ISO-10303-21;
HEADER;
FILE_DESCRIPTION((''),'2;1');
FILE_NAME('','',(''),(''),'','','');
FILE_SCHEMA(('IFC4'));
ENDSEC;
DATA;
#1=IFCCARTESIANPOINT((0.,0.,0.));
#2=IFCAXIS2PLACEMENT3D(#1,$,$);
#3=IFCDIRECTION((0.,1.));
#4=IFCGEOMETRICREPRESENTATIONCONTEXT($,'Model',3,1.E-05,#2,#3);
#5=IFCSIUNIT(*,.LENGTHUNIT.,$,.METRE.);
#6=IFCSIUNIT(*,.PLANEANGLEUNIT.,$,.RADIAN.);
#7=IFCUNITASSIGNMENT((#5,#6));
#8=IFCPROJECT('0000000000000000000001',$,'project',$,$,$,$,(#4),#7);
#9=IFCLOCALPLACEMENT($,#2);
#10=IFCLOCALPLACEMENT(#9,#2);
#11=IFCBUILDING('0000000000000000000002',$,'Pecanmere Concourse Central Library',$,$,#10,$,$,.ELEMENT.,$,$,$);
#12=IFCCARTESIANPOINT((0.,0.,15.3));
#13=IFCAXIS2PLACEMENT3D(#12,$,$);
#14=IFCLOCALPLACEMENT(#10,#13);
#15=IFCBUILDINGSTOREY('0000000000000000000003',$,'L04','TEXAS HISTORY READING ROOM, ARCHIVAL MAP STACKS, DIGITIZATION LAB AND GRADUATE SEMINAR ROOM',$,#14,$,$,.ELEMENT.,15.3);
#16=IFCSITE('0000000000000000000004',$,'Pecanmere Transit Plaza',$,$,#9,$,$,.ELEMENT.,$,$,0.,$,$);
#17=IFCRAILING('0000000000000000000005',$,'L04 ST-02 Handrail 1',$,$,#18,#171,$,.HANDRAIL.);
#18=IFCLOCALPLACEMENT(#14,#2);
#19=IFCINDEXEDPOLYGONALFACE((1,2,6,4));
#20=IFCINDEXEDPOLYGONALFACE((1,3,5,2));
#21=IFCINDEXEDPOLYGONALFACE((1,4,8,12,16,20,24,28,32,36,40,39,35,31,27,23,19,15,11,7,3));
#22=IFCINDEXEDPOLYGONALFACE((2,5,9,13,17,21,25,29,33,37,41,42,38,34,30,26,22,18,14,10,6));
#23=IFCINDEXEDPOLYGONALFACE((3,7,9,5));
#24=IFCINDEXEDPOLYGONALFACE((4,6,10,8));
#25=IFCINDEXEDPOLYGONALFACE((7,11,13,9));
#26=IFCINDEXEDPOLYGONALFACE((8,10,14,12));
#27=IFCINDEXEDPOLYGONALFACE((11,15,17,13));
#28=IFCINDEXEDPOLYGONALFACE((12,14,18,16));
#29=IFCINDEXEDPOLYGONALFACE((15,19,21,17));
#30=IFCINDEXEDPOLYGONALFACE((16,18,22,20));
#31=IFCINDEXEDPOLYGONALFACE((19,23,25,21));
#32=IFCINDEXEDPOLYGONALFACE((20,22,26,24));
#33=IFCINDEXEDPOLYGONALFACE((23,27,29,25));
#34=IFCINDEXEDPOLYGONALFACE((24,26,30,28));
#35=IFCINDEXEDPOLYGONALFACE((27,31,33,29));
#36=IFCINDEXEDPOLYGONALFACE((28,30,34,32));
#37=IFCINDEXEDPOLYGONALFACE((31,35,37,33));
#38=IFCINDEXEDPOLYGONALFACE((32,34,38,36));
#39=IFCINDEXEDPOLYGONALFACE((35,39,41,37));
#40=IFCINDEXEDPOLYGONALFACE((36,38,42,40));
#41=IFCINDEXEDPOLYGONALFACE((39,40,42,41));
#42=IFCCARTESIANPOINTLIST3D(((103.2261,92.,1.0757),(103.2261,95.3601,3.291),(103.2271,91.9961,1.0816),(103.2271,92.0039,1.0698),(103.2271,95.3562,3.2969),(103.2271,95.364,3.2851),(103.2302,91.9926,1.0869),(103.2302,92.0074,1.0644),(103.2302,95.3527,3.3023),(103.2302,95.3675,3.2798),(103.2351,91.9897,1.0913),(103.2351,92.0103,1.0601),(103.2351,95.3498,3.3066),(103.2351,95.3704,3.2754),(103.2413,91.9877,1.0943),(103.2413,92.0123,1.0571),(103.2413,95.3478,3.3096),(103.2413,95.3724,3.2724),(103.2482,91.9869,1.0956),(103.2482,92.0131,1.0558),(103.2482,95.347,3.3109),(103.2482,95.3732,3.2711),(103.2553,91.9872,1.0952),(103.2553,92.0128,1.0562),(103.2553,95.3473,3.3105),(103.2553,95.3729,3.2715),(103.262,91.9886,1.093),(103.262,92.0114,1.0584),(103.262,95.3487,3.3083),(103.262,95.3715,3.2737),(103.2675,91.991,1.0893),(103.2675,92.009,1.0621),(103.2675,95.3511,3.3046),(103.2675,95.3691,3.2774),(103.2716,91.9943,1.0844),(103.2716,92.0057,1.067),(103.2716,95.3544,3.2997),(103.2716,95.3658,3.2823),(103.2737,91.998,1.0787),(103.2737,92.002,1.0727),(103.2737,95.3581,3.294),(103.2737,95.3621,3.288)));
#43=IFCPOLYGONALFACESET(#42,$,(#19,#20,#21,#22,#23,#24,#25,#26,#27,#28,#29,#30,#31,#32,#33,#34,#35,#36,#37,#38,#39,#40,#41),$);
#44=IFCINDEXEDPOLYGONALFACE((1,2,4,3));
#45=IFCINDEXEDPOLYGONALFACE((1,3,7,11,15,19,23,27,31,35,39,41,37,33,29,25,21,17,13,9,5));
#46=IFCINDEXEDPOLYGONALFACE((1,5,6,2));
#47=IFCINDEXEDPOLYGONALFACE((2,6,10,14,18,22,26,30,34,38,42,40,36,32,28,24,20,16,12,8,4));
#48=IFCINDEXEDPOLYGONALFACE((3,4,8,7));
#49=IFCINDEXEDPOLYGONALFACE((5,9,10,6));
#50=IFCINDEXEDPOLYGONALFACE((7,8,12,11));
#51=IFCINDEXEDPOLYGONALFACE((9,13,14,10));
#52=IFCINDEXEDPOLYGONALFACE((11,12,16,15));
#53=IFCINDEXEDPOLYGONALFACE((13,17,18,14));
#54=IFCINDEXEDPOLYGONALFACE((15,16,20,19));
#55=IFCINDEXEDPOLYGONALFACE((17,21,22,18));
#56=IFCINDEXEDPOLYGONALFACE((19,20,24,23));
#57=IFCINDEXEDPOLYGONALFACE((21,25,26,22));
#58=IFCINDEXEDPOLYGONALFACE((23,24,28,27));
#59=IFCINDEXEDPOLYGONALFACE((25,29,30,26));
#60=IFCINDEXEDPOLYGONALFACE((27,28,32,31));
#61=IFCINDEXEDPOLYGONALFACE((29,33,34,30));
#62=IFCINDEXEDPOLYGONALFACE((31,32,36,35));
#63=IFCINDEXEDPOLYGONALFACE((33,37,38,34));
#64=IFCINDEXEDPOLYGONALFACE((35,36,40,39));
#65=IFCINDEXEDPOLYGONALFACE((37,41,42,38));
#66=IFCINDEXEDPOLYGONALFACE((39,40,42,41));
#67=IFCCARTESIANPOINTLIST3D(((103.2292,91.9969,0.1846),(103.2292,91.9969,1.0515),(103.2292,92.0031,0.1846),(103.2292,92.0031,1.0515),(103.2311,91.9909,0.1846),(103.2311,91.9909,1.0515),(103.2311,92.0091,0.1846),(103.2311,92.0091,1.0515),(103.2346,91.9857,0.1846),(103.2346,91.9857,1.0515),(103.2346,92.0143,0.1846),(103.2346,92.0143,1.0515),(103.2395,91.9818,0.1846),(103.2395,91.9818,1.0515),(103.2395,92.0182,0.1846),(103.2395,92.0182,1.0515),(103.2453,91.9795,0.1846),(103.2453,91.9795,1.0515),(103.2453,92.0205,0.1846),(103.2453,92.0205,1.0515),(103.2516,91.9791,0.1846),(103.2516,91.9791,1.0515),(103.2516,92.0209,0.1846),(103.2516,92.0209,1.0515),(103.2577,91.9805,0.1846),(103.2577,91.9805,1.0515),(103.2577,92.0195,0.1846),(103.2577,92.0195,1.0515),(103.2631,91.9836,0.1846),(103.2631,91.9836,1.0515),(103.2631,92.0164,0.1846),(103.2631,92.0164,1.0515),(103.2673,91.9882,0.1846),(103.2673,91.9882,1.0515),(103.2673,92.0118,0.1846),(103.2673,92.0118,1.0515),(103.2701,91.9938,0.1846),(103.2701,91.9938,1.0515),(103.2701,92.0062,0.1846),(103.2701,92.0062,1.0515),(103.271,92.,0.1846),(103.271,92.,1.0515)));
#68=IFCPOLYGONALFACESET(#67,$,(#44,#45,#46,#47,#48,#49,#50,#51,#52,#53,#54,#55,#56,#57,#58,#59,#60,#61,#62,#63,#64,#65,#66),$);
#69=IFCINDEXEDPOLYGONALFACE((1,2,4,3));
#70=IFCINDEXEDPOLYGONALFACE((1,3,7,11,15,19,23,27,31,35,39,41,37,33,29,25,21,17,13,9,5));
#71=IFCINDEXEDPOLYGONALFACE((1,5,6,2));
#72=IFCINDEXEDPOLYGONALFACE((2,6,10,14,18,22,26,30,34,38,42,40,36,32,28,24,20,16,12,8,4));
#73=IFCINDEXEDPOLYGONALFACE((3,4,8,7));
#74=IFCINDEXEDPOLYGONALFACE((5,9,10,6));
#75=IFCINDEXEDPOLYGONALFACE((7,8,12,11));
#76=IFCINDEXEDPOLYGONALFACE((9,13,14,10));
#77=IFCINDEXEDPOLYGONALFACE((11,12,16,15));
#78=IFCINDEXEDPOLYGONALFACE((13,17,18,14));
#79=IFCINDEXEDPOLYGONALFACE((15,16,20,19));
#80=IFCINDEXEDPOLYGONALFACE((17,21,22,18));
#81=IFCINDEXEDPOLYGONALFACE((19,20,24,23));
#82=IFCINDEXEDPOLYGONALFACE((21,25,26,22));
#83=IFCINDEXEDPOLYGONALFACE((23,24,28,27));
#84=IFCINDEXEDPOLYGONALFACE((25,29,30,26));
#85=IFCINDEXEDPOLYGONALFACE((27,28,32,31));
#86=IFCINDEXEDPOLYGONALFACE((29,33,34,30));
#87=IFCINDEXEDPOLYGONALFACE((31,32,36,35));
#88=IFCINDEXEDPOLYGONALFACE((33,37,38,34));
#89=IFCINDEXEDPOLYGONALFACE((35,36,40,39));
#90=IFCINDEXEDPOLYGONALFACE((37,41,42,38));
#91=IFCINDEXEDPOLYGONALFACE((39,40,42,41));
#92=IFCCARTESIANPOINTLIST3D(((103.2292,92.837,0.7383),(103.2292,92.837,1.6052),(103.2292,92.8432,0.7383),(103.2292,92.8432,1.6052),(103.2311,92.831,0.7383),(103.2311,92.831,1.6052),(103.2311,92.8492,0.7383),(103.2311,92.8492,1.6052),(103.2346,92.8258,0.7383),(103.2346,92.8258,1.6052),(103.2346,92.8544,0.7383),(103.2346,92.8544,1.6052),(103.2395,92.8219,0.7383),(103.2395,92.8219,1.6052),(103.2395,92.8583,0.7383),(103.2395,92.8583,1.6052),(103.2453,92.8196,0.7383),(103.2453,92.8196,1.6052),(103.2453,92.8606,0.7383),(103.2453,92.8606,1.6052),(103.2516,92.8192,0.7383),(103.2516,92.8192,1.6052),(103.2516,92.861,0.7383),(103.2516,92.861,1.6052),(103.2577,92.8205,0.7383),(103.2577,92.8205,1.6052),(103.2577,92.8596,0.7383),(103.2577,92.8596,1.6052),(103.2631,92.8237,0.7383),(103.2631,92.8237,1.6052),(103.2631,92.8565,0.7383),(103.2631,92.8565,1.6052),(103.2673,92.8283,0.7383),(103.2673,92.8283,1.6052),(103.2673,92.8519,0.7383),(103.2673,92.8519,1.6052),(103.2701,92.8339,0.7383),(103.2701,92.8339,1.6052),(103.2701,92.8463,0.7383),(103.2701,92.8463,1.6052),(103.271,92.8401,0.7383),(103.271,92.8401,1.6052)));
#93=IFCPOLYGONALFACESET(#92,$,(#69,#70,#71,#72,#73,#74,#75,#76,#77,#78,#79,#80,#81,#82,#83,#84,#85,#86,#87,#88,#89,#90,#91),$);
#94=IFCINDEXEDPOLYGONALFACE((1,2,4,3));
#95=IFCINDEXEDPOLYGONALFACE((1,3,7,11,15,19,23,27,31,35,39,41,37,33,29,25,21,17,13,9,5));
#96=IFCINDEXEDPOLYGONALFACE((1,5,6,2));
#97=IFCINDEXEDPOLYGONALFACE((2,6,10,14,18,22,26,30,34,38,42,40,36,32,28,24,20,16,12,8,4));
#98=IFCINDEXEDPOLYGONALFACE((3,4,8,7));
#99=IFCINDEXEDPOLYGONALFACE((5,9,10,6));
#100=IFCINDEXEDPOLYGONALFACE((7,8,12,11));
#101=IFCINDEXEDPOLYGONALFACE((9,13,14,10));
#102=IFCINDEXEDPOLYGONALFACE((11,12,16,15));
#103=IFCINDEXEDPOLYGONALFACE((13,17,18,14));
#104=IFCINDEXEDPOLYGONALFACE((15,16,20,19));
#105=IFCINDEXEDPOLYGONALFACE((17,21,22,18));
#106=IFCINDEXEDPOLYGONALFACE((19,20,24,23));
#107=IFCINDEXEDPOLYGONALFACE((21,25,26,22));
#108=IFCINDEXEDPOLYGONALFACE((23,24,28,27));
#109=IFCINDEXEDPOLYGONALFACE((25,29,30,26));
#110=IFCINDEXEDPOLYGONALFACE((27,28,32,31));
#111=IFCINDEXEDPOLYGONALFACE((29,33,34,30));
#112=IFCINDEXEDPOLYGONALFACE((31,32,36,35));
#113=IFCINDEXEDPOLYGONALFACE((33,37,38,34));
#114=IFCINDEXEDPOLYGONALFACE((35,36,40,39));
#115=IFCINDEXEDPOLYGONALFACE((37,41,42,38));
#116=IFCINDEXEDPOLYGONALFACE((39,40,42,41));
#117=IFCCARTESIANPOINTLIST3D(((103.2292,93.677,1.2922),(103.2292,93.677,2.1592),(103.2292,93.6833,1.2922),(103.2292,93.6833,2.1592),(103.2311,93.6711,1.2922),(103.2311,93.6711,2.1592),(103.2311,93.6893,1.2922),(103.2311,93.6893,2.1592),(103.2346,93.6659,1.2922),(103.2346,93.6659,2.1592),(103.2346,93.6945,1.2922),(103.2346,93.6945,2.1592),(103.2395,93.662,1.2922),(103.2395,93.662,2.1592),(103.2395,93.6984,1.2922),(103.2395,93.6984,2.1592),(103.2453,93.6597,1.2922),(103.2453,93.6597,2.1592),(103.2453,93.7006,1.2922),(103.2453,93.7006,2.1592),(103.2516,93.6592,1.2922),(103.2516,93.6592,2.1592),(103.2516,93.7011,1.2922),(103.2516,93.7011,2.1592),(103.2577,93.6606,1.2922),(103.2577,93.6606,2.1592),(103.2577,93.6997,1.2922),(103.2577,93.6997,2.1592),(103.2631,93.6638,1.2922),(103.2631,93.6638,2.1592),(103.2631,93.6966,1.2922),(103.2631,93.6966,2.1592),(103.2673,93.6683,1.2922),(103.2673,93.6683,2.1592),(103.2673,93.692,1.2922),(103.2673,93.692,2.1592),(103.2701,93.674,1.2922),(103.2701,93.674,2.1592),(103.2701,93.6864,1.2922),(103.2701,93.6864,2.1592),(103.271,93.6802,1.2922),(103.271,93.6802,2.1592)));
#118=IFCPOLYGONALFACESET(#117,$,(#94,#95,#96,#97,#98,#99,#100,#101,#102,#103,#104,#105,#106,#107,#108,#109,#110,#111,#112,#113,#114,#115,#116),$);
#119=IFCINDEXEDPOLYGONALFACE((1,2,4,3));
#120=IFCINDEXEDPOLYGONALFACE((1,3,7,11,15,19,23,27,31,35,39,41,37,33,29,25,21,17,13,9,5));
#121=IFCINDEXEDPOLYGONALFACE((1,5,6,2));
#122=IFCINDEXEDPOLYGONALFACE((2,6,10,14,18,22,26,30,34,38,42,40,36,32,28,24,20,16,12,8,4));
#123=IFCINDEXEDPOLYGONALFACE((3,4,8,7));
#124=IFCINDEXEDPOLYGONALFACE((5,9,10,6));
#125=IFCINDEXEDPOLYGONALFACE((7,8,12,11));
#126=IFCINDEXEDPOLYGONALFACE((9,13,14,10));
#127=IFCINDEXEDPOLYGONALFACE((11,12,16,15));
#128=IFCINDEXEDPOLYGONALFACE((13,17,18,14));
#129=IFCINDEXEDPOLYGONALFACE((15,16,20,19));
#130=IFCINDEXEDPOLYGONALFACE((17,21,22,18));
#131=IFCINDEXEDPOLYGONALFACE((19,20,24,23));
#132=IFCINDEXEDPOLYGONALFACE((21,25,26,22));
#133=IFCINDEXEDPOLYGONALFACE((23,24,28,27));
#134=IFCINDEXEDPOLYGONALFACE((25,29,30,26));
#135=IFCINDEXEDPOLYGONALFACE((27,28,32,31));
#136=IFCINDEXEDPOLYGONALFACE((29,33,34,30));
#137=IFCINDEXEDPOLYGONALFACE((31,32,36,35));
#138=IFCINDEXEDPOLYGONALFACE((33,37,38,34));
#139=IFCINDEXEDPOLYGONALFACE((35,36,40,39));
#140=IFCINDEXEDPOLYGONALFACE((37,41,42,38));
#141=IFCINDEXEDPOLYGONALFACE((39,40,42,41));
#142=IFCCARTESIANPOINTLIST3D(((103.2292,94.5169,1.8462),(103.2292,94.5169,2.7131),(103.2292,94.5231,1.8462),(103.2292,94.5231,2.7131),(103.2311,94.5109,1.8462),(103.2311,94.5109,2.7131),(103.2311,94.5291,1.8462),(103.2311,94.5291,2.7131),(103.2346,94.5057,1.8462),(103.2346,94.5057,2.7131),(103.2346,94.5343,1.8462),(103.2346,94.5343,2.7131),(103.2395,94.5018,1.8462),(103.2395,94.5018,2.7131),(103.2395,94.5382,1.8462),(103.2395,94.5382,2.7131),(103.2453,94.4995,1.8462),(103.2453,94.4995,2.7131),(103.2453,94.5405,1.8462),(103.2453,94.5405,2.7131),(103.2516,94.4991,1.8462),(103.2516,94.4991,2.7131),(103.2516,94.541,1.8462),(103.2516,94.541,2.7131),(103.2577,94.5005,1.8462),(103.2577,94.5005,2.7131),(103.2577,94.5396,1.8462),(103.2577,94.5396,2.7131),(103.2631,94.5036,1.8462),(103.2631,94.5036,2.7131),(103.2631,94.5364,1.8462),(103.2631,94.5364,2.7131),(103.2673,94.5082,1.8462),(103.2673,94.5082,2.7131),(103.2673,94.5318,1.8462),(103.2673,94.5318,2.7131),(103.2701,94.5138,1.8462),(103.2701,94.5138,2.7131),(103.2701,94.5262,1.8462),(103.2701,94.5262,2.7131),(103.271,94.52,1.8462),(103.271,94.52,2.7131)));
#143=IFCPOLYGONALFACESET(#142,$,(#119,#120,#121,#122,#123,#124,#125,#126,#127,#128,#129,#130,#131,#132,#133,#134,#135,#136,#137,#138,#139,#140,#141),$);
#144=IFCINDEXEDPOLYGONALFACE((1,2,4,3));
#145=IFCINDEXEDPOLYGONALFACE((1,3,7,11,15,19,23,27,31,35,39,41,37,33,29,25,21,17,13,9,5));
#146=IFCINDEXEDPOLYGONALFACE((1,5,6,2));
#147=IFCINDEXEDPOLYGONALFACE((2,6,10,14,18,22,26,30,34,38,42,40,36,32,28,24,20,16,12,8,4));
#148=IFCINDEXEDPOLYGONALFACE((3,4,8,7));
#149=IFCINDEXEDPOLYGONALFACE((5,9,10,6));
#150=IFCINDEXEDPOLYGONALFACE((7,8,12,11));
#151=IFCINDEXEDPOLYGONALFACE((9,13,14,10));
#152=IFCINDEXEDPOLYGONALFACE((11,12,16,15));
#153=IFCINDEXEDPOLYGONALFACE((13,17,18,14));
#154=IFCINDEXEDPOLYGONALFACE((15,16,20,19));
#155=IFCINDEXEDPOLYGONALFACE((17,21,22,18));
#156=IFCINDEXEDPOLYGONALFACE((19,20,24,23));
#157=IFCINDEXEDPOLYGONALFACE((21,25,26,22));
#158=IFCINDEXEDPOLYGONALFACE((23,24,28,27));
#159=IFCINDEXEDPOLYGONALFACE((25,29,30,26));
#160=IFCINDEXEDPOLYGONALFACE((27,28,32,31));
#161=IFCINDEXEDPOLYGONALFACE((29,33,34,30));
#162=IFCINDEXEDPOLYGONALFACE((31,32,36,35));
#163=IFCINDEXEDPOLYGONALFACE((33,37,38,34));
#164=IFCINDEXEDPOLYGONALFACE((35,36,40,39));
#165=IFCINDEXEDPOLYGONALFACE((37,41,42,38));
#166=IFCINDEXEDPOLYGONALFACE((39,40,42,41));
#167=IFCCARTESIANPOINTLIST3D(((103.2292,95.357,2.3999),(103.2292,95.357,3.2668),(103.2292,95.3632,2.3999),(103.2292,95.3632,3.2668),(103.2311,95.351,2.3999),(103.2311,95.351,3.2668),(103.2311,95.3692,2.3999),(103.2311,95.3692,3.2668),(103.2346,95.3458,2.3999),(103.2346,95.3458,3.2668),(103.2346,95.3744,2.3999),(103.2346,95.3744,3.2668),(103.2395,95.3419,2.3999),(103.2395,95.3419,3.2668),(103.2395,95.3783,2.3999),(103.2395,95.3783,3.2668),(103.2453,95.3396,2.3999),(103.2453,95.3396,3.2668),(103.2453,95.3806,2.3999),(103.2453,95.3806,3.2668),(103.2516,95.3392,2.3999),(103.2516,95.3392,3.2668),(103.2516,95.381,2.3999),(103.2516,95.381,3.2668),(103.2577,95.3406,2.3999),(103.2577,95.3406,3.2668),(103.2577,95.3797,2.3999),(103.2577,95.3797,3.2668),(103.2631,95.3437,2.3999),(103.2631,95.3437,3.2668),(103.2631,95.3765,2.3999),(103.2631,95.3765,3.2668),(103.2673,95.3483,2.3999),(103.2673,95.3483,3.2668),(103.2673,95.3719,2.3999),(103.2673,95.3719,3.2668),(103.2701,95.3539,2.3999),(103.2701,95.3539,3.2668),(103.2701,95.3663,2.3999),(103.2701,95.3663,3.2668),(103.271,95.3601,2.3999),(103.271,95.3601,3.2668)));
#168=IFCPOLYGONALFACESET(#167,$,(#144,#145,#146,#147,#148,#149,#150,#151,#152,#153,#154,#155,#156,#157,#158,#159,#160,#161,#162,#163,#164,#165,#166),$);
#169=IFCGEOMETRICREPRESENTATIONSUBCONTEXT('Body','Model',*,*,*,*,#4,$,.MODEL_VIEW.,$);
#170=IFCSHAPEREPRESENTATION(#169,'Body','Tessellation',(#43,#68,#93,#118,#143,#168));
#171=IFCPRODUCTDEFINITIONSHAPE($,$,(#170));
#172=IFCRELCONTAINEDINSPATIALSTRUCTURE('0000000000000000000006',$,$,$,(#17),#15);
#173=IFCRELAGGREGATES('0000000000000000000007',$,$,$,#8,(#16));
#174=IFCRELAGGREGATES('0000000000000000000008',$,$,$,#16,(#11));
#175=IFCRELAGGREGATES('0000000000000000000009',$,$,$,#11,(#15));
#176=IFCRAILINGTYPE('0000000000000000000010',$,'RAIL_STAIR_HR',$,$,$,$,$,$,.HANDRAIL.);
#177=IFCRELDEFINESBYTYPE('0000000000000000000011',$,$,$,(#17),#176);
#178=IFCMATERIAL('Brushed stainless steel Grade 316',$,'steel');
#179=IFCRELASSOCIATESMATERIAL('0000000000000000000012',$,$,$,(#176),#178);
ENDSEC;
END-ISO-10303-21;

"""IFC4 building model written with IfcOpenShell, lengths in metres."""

from ifc_helpers import new_model, si_unit, direction, frame, origin, origin_2d, place, context, subcontext, project, spatial, circle, extrude, material, type_object, element, save


model = new_model("IFC4")

# Units and contexts
model_context = context("Model", 3, precision=1e-05, world=origin(), true_north=direction((0.0, 1.0)))
body_context = subcontext(model_context, "Body", "Model", "MODEL_VIEW")
ifc_project = project(units=[si_unit("LENGTHUNIT", "METRE"), si_unit("PLANEANGLEUNIT", "RADIAN")], contexts=[model_context])

# Site, building, storey
site_placement = place(None, origin())
site = spatial("IfcSite", under=ifc_project, at=site_placement, Name="Pecanmere Transit Plaza", CompositionType="ELEMENT", RefElevation=0.0)
building_placement = place(site_placement, origin())
building = spatial("IfcBuilding", under=site, at=building_placement, Name="Pecanmere Concourse Central Library", CompositionType="ELEMENT")
storey_placement = place(building_placement, frame((0.0, 0.0, 15.3)))
storey = spatial("IfcBuildingStorey", under=building, at=storey_placement, Name="L04", Description="TEXAS HISTORY READING ROOM, ARCHIVAL MAP STACKS, DIGITIZATION LAB AND GRADUATE SEMINAR ROOM", CompositionType="ELEMENT", Elevation=15.3)

# Railing
ifc_material_1 = material(Name="Brushed stainless steel Grade 316", Category="steel")
railing_type_1 = type_object("IfcRailingType", Name="RAIL_STAIR_HR", PredefinedType="HANDRAIL", material=ifc_material_1)
railing_1_placement = place(storey_placement, frame((103.25, 92.0, 0.1846)))
element("IfcRailing", 1, at=railing_1_placement, inside=storey, type_object=railing_type_1, Name="L04 ST-02 Handrail 1", PredefinedType="HANDRAIL", context=body_context, shape_type="SweptSolid", body=[
    extrude(circle(Radius=0.0239, at=origin_2d()), frame((0.0, 0.0, 0.8911), z_axis=(0.0, 0.834876, 0.550437), x_axis=(-1.0, 0.0, 0.0)), (0.0, 0.0, 1.0), 4.0247),
    extrude(circle(Radius=0.021, at=origin_2d()), origin(), (0.0, 0.0, 1.0), 0.8669),
    extrude(circle(Radius=0.021, at=origin_2d()), frame((0.0, 0.8401, 0.5537)), (0.0, 0.0, 1.0), 0.8669),
    extrude(circle(Radius=0.021, at=origin_2d()), frame((0.0, 1.6802, 1.1077)), (0.0, 0.0, 1.0), 0.8669),
    extrude(circle(Radius=0.021, at=origin_2d()), frame((0.0, 2.52, 1.6616)), (0.0, 0.0, 1.0), 0.8669),
    extrude(circle(Radius=0.021, at=origin_2d()), frame((0.0, 3.3601, 2.2153)), (0.0, 0.0, 1.0), 0.8669),
])

save(model, "model.ifc")
